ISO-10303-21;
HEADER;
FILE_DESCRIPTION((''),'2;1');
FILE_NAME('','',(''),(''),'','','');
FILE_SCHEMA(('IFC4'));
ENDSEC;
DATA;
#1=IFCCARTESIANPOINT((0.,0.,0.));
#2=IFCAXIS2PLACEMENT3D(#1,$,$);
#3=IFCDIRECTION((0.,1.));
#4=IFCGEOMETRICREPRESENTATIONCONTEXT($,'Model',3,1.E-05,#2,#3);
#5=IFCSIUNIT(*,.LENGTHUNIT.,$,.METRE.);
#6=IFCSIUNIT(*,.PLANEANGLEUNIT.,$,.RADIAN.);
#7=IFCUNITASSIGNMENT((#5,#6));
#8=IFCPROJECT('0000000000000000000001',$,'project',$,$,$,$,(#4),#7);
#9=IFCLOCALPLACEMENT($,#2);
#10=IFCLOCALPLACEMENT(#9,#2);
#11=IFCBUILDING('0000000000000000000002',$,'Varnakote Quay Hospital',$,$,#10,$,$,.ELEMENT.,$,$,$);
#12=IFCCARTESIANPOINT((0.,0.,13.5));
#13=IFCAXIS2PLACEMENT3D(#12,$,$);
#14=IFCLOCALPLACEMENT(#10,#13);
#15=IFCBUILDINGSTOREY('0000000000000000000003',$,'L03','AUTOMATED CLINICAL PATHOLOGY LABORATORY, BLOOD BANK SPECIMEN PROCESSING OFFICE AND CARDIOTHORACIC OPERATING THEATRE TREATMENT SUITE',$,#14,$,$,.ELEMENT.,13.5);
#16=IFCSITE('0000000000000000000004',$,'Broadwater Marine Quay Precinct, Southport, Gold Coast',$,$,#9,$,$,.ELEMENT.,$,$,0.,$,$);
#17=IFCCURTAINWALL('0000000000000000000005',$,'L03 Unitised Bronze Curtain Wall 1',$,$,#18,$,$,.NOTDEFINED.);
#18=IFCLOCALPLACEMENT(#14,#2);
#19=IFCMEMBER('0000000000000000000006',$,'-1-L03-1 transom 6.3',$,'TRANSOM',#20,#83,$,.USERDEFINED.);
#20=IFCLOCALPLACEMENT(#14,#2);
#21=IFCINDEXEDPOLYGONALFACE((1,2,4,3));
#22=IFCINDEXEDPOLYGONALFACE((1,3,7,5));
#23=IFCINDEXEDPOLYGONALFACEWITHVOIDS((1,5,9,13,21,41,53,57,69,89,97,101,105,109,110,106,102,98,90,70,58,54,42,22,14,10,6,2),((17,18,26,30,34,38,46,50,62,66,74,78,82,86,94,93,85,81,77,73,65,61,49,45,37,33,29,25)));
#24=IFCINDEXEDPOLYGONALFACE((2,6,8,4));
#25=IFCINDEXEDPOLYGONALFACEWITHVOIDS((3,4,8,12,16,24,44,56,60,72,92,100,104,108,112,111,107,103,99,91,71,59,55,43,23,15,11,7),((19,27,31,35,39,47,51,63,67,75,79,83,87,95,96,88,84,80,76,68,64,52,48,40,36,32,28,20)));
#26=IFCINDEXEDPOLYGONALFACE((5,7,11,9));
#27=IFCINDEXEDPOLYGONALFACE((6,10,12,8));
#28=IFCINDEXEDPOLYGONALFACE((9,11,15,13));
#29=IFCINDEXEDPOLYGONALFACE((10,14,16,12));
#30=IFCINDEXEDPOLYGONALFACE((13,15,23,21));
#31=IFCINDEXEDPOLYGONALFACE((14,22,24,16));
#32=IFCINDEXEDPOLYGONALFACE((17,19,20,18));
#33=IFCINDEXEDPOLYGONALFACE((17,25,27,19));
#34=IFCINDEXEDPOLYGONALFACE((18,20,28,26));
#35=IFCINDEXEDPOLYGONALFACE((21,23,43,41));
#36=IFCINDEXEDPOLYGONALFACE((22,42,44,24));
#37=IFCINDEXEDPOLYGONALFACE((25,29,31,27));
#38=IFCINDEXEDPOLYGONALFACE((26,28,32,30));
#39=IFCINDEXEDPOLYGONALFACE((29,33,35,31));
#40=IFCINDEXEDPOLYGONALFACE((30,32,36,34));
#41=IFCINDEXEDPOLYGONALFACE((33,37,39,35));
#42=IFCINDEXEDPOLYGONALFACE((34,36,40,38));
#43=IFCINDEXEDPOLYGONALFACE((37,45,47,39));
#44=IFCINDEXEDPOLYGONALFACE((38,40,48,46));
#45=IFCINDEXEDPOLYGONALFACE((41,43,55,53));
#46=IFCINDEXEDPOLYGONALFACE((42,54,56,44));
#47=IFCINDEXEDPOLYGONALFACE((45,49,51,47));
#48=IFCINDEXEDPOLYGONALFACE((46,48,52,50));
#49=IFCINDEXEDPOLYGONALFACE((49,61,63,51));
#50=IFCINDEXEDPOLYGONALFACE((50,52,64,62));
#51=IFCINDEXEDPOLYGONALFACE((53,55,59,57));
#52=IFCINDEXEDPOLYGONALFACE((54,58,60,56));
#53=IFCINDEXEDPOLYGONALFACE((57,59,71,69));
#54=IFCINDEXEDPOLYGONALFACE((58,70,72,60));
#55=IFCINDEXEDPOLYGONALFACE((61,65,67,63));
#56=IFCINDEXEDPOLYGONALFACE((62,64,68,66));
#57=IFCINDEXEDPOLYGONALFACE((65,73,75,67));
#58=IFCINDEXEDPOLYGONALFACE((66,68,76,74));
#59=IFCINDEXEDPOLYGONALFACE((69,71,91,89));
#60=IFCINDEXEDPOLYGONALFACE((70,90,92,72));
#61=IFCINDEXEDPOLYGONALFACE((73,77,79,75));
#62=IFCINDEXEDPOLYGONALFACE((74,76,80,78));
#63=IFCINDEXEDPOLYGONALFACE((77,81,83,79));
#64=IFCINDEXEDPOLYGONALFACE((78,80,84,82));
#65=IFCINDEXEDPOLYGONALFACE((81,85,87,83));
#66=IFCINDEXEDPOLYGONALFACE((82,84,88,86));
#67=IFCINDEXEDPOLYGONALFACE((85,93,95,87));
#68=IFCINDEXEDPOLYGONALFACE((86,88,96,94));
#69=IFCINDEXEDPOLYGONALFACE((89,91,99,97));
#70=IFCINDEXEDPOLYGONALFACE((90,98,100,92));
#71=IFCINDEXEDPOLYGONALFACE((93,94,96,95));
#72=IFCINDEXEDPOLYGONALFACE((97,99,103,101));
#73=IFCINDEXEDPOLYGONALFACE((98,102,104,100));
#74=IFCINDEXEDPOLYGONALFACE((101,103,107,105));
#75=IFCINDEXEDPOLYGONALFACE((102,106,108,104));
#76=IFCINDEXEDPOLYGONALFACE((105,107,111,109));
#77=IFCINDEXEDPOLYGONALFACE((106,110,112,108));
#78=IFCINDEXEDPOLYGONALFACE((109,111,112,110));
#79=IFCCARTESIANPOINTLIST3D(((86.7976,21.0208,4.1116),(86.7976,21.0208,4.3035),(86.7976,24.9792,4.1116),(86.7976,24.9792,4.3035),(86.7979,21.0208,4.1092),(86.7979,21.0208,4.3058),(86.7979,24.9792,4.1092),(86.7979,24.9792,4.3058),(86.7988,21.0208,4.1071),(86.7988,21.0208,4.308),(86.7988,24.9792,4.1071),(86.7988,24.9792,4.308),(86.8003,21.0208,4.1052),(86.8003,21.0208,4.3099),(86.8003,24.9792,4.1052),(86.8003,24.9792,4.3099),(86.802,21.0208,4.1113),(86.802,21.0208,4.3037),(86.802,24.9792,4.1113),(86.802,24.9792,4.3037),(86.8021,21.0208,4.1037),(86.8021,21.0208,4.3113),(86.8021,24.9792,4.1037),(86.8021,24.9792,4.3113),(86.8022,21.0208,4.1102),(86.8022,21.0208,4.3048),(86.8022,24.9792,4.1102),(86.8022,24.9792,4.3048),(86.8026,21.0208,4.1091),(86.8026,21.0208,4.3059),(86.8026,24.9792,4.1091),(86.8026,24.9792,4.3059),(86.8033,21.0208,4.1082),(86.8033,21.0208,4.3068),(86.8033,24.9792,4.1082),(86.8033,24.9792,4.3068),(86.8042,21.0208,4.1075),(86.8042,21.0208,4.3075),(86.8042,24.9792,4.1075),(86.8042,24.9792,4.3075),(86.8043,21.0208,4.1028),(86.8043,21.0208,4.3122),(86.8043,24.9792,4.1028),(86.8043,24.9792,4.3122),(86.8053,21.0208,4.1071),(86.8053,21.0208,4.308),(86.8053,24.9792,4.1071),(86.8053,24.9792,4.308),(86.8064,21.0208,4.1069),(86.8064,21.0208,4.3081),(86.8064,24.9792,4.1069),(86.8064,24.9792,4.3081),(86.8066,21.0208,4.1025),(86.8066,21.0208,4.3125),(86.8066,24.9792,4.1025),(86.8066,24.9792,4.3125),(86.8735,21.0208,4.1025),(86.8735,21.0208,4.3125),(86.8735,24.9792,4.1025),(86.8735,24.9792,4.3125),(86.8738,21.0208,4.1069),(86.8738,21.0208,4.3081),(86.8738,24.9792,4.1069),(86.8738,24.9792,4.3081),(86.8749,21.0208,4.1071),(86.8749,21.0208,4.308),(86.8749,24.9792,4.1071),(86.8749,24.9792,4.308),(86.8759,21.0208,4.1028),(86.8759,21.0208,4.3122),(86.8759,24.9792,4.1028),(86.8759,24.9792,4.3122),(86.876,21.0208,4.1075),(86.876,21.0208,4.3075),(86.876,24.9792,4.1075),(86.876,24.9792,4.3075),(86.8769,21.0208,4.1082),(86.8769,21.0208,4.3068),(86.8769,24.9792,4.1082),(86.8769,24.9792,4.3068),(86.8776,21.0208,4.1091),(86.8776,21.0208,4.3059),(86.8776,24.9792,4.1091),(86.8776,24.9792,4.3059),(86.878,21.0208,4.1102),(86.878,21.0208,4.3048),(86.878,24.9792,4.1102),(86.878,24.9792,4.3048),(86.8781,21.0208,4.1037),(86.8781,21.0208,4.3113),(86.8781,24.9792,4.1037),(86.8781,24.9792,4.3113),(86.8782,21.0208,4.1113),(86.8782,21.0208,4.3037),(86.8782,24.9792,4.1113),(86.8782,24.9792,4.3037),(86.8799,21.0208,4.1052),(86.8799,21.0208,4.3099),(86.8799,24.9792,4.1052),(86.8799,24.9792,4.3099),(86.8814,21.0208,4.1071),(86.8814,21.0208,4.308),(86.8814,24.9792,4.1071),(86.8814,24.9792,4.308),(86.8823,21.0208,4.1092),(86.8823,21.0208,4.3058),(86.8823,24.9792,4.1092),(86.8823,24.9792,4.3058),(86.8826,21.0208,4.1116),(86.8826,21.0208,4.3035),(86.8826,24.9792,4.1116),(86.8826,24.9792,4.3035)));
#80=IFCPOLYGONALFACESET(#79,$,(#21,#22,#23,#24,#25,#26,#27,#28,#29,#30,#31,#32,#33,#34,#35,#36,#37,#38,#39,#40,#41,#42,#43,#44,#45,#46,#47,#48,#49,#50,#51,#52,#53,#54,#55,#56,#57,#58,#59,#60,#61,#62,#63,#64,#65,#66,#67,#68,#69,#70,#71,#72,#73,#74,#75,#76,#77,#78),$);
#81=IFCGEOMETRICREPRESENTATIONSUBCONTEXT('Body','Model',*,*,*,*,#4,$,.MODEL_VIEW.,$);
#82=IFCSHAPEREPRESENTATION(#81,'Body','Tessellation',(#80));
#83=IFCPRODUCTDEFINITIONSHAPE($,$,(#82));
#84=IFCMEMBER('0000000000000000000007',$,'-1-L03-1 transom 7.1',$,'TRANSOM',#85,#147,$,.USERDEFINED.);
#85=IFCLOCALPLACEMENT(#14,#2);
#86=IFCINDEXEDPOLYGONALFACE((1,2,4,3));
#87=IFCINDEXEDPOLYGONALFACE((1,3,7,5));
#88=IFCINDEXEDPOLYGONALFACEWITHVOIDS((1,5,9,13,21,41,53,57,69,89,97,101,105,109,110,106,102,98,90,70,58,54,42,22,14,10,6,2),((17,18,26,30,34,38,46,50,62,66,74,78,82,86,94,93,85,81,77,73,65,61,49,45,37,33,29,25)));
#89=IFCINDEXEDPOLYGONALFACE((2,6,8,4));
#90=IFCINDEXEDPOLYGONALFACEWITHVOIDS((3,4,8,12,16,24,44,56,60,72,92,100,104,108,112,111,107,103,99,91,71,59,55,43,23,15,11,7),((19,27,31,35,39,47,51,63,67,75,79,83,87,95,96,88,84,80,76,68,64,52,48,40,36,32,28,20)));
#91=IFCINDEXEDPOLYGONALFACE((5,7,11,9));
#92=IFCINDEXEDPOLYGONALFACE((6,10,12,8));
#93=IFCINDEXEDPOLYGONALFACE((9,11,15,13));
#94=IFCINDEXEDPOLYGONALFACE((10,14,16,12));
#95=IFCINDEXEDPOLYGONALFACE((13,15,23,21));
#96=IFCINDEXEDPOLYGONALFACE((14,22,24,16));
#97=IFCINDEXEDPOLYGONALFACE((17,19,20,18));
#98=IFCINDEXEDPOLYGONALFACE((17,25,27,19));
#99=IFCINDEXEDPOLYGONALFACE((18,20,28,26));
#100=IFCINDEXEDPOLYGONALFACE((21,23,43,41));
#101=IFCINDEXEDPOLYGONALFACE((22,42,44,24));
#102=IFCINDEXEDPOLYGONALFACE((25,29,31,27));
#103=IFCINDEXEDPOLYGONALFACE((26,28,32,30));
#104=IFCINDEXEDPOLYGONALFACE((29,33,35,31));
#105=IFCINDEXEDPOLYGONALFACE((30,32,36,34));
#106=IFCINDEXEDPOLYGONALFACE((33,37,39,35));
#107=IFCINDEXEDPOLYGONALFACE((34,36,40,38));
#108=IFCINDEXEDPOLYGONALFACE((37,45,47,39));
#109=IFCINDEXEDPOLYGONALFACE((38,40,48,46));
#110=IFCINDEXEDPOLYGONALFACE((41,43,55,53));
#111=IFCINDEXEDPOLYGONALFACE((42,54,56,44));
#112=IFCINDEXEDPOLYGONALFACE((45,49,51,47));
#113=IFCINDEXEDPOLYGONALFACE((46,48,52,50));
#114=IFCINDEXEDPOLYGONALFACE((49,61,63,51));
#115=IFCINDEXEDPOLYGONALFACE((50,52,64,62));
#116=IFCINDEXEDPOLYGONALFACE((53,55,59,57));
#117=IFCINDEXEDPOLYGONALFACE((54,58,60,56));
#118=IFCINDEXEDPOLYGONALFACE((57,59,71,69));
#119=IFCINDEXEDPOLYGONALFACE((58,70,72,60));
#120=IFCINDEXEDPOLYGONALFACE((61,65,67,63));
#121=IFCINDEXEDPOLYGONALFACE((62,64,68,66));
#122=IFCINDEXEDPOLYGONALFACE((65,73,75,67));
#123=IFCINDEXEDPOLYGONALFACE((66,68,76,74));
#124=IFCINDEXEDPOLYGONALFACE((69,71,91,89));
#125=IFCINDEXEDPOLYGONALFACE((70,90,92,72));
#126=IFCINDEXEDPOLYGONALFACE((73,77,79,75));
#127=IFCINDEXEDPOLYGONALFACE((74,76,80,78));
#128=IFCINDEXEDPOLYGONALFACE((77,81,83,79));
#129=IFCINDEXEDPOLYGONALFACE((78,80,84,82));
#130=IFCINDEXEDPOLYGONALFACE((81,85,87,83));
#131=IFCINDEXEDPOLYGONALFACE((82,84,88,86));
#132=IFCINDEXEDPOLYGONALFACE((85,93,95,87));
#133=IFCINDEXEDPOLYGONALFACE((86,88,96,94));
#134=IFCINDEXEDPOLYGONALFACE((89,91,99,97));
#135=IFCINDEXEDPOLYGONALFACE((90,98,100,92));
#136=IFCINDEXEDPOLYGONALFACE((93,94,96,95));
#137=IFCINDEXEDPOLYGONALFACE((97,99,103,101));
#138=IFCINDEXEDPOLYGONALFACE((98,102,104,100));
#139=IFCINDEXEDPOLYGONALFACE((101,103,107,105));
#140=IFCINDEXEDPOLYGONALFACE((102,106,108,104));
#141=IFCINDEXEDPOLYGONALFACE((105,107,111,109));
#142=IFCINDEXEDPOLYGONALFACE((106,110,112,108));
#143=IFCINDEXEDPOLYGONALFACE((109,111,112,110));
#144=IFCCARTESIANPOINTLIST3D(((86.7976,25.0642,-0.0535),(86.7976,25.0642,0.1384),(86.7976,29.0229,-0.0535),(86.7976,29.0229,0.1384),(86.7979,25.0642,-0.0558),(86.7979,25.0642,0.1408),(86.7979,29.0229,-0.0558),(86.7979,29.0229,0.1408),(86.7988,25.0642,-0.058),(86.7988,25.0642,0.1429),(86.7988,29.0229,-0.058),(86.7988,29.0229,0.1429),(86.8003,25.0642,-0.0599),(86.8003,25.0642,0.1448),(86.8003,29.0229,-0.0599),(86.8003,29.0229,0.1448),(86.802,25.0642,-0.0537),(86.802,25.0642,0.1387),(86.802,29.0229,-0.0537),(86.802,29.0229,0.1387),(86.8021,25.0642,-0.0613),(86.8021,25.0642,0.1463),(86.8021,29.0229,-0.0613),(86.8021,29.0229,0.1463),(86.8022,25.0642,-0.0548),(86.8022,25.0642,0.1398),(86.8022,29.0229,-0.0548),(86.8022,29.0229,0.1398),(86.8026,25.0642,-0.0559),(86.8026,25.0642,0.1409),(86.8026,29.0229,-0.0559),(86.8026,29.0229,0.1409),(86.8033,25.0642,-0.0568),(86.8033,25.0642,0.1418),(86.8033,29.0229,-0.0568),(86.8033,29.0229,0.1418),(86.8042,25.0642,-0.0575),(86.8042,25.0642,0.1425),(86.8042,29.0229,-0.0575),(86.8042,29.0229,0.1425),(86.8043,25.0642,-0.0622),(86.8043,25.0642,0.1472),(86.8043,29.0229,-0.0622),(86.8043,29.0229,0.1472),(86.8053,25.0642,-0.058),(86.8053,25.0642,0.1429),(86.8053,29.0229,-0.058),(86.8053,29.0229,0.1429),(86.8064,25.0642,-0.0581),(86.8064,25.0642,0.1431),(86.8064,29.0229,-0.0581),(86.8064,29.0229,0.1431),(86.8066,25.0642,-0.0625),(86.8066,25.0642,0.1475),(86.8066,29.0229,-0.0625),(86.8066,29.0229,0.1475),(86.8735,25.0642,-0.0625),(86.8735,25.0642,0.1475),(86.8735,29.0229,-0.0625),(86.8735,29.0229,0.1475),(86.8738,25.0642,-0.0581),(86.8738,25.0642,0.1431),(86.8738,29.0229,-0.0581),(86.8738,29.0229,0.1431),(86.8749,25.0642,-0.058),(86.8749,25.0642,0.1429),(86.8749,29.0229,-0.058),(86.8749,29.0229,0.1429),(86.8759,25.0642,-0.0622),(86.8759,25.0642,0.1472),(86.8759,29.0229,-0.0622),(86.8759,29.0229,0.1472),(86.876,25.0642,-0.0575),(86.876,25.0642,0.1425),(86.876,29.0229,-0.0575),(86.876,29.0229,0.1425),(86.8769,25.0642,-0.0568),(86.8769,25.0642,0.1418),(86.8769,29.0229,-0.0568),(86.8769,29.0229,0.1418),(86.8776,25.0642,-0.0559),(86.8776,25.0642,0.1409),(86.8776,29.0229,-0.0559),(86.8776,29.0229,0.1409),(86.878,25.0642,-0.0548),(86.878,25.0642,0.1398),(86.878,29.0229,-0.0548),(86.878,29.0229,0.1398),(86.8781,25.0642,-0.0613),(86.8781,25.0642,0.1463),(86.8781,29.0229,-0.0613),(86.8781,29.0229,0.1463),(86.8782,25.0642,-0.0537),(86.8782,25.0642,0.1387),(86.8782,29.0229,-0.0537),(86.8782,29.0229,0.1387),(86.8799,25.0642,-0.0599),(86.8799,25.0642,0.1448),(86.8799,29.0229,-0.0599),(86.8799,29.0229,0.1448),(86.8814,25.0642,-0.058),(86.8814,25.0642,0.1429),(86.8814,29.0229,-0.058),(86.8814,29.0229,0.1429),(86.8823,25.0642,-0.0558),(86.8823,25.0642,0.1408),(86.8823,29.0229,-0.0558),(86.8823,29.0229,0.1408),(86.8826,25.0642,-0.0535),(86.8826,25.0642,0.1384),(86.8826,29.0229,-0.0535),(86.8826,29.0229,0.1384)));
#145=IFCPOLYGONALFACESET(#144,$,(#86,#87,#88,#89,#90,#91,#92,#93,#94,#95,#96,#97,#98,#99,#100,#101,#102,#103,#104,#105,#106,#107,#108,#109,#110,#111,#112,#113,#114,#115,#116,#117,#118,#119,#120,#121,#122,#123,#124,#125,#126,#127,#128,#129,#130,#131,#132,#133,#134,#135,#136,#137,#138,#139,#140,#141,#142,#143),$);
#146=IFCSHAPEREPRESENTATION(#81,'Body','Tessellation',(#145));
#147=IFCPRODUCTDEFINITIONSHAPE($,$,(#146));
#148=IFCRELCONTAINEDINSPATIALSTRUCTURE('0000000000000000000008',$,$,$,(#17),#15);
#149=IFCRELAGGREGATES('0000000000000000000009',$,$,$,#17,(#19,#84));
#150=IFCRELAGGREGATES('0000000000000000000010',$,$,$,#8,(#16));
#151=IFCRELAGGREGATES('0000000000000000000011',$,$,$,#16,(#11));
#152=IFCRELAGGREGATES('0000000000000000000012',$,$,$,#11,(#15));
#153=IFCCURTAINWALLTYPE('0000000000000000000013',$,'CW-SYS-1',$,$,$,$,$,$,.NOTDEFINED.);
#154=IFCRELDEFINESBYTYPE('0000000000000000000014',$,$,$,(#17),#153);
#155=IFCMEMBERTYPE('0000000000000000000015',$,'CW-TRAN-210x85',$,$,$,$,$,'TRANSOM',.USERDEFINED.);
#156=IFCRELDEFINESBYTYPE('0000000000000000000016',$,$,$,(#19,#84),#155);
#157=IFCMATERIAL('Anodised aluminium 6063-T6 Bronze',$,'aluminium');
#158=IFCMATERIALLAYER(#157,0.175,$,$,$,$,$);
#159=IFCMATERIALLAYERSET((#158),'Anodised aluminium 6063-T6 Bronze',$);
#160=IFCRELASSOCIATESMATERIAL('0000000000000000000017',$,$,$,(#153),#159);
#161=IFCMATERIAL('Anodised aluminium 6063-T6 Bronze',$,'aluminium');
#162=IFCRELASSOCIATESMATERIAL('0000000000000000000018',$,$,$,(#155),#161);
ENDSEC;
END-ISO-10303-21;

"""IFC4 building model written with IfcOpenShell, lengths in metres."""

from ifc_helpers import new_model, si_unit, direction, frame, origin, origin_2d, place, context, subcontext, project, spatial, hollow_rectangle, extrude, material, layer, layer_set, material_profile, profile_set, type_object, element, aggregate, save


model = new_model("IFC4")

# Units and contexts
model_context = context("Model", 3, precision=1e-05, world=origin(), true_north=direction((0.0, 1.0)))
body_context = subcontext(model_context, "Body", "Model", "MODEL_VIEW")
ifc_project = project(units=[si_unit("LENGTHUNIT", "METRE"), si_unit("PLANEANGLEUNIT", "RADIAN")], contexts=[model_context])

# Site, building, storey
site_placement = place(None, origin())
site = spatial("IfcSite", under=ifc_project, at=site_placement, Name="Broadwater Marine Quay Precinct, Southport, Gold Coast", CompositionType="ELEMENT", RefElevation=0.0)
building_placement = place(site_placement, origin())
building = spatial("IfcBuilding", under=site, at=building_placement, Name="Varnakote Quay Hospital", CompositionType="ELEMENT")
storey_placement = place(building_placement, frame((0.0, 0.0, 13.5)))
storey = spatial("IfcBuildingStorey", under=building, at=storey_placement, Name="L03", Description="AUTOMATED CLINICAL PATHOLOGY LABORATORY, BLOOD BANK SPECIMEN PROCESSING OFFICE AND CARDIOTHORACIC OPERATING THEATRE TREATMENT SUITE", CompositionType="ELEMENT", Elevation=13.5)

# Curtain wall, members
ifc_material_1 = material(Name="Anodised aluminium 6063-T6 Bronze", Category="aluminium")
ifc_layer_1 = layer(ifc_material_1, 0.175)
ifc_layer_set_1 = layer_set([ifc_layer_1], Name="Anodised aluminium 6063-T6 Bronze")
curtain_wall_type = type_object("IfcCurtainWallType", Name="CW-SYS-1", PredefinedType="NOTDEFINED", material=ifc_layer_set_1)
curtain_wall_placement = place(storey_placement, origin())
curtain_wall = element("IfcCurtainWall", 1, at=curtain_wall_placement, inside=storey, type_object=curtain_wall_type, Name="L03 Unitised Bronze Curtain Wall 1", PredefinedType="NOTDEFINED")
ifc_material_2 = material(Name="Anodised aluminium 6063-T6 Bronze", Category="aluminium")
ifc_material_profile_1 = material_profile(ifc_material_2, hollow_rectangle(XDim=0.085, YDim=0.21, WallThickness=0.0044, InnerFilletRadius=0.0044, OuterFilletRadius=0.009, at=origin_2d()), Name="CW-TRAN-210x85")
ifc_profile_set_1 = profile_set([ifc_material_profile_1], Name="Anodised aluminium 6063-T6 Bronze")
member_type_1 = type_object("IfcMemberType", Name="CW-TRAN-210x85", ElementType="TRANSOM", PredefinedType="USERDEFINED", material=ifc_profile_set_1)
member_1_placement = place(storey_placement, frame((86.8401, 21.0208, 4.2075), z_axis=(0.0, 1.0, 0.0), x_axis=(-1.0, 0.0, 0.0)))
member_1 = element("IfcMember", 2, at=member_1_placement, type_object=member_type_1, Name="-1-L03-1 transom 6.3", ObjectType="TRANSOM", PredefinedType="USERDEFINED", context=body_context, shape_type="SweptSolid", body=[
    extrude(hollow_rectangle(XDim=0.085, YDim=0.21, WallThickness=0.0044, InnerFilletRadius=0.0044, OuterFilletRadius=0.009, at=origin_2d()), origin(), (0.0, 0.0, 1.0), 3.9585),
])
member_2_placement = place(storey_placement, frame((86.8401, 25.0642, 0.0425), z_axis=(0.0, 1.0, 0.0), x_axis=(-1.0, 0.0, 0.0)))
member_2 = element("IfcMember", 3, at=member_2_placement, type_object=member_type_1, Name="-1-L03-1 transom 7.1", ObjectType="TRANSOM", PredefinedType="USERDEFINED", context=body_context, shape_type="SweptSolid", body=[
    extrude(hollow_rectangle(XDim=0.085, YDim=0.21, WallThickness=0.0044, InnerFilletRadius=0.0044, OuterFilletRadius=0.009, at=origin_2d()), origin(), (0.0, 0.0, 1.0), 3.9587),
])
aggregate(curtain_wall, [member_1, member_2])

save(model, "model.ifc")
